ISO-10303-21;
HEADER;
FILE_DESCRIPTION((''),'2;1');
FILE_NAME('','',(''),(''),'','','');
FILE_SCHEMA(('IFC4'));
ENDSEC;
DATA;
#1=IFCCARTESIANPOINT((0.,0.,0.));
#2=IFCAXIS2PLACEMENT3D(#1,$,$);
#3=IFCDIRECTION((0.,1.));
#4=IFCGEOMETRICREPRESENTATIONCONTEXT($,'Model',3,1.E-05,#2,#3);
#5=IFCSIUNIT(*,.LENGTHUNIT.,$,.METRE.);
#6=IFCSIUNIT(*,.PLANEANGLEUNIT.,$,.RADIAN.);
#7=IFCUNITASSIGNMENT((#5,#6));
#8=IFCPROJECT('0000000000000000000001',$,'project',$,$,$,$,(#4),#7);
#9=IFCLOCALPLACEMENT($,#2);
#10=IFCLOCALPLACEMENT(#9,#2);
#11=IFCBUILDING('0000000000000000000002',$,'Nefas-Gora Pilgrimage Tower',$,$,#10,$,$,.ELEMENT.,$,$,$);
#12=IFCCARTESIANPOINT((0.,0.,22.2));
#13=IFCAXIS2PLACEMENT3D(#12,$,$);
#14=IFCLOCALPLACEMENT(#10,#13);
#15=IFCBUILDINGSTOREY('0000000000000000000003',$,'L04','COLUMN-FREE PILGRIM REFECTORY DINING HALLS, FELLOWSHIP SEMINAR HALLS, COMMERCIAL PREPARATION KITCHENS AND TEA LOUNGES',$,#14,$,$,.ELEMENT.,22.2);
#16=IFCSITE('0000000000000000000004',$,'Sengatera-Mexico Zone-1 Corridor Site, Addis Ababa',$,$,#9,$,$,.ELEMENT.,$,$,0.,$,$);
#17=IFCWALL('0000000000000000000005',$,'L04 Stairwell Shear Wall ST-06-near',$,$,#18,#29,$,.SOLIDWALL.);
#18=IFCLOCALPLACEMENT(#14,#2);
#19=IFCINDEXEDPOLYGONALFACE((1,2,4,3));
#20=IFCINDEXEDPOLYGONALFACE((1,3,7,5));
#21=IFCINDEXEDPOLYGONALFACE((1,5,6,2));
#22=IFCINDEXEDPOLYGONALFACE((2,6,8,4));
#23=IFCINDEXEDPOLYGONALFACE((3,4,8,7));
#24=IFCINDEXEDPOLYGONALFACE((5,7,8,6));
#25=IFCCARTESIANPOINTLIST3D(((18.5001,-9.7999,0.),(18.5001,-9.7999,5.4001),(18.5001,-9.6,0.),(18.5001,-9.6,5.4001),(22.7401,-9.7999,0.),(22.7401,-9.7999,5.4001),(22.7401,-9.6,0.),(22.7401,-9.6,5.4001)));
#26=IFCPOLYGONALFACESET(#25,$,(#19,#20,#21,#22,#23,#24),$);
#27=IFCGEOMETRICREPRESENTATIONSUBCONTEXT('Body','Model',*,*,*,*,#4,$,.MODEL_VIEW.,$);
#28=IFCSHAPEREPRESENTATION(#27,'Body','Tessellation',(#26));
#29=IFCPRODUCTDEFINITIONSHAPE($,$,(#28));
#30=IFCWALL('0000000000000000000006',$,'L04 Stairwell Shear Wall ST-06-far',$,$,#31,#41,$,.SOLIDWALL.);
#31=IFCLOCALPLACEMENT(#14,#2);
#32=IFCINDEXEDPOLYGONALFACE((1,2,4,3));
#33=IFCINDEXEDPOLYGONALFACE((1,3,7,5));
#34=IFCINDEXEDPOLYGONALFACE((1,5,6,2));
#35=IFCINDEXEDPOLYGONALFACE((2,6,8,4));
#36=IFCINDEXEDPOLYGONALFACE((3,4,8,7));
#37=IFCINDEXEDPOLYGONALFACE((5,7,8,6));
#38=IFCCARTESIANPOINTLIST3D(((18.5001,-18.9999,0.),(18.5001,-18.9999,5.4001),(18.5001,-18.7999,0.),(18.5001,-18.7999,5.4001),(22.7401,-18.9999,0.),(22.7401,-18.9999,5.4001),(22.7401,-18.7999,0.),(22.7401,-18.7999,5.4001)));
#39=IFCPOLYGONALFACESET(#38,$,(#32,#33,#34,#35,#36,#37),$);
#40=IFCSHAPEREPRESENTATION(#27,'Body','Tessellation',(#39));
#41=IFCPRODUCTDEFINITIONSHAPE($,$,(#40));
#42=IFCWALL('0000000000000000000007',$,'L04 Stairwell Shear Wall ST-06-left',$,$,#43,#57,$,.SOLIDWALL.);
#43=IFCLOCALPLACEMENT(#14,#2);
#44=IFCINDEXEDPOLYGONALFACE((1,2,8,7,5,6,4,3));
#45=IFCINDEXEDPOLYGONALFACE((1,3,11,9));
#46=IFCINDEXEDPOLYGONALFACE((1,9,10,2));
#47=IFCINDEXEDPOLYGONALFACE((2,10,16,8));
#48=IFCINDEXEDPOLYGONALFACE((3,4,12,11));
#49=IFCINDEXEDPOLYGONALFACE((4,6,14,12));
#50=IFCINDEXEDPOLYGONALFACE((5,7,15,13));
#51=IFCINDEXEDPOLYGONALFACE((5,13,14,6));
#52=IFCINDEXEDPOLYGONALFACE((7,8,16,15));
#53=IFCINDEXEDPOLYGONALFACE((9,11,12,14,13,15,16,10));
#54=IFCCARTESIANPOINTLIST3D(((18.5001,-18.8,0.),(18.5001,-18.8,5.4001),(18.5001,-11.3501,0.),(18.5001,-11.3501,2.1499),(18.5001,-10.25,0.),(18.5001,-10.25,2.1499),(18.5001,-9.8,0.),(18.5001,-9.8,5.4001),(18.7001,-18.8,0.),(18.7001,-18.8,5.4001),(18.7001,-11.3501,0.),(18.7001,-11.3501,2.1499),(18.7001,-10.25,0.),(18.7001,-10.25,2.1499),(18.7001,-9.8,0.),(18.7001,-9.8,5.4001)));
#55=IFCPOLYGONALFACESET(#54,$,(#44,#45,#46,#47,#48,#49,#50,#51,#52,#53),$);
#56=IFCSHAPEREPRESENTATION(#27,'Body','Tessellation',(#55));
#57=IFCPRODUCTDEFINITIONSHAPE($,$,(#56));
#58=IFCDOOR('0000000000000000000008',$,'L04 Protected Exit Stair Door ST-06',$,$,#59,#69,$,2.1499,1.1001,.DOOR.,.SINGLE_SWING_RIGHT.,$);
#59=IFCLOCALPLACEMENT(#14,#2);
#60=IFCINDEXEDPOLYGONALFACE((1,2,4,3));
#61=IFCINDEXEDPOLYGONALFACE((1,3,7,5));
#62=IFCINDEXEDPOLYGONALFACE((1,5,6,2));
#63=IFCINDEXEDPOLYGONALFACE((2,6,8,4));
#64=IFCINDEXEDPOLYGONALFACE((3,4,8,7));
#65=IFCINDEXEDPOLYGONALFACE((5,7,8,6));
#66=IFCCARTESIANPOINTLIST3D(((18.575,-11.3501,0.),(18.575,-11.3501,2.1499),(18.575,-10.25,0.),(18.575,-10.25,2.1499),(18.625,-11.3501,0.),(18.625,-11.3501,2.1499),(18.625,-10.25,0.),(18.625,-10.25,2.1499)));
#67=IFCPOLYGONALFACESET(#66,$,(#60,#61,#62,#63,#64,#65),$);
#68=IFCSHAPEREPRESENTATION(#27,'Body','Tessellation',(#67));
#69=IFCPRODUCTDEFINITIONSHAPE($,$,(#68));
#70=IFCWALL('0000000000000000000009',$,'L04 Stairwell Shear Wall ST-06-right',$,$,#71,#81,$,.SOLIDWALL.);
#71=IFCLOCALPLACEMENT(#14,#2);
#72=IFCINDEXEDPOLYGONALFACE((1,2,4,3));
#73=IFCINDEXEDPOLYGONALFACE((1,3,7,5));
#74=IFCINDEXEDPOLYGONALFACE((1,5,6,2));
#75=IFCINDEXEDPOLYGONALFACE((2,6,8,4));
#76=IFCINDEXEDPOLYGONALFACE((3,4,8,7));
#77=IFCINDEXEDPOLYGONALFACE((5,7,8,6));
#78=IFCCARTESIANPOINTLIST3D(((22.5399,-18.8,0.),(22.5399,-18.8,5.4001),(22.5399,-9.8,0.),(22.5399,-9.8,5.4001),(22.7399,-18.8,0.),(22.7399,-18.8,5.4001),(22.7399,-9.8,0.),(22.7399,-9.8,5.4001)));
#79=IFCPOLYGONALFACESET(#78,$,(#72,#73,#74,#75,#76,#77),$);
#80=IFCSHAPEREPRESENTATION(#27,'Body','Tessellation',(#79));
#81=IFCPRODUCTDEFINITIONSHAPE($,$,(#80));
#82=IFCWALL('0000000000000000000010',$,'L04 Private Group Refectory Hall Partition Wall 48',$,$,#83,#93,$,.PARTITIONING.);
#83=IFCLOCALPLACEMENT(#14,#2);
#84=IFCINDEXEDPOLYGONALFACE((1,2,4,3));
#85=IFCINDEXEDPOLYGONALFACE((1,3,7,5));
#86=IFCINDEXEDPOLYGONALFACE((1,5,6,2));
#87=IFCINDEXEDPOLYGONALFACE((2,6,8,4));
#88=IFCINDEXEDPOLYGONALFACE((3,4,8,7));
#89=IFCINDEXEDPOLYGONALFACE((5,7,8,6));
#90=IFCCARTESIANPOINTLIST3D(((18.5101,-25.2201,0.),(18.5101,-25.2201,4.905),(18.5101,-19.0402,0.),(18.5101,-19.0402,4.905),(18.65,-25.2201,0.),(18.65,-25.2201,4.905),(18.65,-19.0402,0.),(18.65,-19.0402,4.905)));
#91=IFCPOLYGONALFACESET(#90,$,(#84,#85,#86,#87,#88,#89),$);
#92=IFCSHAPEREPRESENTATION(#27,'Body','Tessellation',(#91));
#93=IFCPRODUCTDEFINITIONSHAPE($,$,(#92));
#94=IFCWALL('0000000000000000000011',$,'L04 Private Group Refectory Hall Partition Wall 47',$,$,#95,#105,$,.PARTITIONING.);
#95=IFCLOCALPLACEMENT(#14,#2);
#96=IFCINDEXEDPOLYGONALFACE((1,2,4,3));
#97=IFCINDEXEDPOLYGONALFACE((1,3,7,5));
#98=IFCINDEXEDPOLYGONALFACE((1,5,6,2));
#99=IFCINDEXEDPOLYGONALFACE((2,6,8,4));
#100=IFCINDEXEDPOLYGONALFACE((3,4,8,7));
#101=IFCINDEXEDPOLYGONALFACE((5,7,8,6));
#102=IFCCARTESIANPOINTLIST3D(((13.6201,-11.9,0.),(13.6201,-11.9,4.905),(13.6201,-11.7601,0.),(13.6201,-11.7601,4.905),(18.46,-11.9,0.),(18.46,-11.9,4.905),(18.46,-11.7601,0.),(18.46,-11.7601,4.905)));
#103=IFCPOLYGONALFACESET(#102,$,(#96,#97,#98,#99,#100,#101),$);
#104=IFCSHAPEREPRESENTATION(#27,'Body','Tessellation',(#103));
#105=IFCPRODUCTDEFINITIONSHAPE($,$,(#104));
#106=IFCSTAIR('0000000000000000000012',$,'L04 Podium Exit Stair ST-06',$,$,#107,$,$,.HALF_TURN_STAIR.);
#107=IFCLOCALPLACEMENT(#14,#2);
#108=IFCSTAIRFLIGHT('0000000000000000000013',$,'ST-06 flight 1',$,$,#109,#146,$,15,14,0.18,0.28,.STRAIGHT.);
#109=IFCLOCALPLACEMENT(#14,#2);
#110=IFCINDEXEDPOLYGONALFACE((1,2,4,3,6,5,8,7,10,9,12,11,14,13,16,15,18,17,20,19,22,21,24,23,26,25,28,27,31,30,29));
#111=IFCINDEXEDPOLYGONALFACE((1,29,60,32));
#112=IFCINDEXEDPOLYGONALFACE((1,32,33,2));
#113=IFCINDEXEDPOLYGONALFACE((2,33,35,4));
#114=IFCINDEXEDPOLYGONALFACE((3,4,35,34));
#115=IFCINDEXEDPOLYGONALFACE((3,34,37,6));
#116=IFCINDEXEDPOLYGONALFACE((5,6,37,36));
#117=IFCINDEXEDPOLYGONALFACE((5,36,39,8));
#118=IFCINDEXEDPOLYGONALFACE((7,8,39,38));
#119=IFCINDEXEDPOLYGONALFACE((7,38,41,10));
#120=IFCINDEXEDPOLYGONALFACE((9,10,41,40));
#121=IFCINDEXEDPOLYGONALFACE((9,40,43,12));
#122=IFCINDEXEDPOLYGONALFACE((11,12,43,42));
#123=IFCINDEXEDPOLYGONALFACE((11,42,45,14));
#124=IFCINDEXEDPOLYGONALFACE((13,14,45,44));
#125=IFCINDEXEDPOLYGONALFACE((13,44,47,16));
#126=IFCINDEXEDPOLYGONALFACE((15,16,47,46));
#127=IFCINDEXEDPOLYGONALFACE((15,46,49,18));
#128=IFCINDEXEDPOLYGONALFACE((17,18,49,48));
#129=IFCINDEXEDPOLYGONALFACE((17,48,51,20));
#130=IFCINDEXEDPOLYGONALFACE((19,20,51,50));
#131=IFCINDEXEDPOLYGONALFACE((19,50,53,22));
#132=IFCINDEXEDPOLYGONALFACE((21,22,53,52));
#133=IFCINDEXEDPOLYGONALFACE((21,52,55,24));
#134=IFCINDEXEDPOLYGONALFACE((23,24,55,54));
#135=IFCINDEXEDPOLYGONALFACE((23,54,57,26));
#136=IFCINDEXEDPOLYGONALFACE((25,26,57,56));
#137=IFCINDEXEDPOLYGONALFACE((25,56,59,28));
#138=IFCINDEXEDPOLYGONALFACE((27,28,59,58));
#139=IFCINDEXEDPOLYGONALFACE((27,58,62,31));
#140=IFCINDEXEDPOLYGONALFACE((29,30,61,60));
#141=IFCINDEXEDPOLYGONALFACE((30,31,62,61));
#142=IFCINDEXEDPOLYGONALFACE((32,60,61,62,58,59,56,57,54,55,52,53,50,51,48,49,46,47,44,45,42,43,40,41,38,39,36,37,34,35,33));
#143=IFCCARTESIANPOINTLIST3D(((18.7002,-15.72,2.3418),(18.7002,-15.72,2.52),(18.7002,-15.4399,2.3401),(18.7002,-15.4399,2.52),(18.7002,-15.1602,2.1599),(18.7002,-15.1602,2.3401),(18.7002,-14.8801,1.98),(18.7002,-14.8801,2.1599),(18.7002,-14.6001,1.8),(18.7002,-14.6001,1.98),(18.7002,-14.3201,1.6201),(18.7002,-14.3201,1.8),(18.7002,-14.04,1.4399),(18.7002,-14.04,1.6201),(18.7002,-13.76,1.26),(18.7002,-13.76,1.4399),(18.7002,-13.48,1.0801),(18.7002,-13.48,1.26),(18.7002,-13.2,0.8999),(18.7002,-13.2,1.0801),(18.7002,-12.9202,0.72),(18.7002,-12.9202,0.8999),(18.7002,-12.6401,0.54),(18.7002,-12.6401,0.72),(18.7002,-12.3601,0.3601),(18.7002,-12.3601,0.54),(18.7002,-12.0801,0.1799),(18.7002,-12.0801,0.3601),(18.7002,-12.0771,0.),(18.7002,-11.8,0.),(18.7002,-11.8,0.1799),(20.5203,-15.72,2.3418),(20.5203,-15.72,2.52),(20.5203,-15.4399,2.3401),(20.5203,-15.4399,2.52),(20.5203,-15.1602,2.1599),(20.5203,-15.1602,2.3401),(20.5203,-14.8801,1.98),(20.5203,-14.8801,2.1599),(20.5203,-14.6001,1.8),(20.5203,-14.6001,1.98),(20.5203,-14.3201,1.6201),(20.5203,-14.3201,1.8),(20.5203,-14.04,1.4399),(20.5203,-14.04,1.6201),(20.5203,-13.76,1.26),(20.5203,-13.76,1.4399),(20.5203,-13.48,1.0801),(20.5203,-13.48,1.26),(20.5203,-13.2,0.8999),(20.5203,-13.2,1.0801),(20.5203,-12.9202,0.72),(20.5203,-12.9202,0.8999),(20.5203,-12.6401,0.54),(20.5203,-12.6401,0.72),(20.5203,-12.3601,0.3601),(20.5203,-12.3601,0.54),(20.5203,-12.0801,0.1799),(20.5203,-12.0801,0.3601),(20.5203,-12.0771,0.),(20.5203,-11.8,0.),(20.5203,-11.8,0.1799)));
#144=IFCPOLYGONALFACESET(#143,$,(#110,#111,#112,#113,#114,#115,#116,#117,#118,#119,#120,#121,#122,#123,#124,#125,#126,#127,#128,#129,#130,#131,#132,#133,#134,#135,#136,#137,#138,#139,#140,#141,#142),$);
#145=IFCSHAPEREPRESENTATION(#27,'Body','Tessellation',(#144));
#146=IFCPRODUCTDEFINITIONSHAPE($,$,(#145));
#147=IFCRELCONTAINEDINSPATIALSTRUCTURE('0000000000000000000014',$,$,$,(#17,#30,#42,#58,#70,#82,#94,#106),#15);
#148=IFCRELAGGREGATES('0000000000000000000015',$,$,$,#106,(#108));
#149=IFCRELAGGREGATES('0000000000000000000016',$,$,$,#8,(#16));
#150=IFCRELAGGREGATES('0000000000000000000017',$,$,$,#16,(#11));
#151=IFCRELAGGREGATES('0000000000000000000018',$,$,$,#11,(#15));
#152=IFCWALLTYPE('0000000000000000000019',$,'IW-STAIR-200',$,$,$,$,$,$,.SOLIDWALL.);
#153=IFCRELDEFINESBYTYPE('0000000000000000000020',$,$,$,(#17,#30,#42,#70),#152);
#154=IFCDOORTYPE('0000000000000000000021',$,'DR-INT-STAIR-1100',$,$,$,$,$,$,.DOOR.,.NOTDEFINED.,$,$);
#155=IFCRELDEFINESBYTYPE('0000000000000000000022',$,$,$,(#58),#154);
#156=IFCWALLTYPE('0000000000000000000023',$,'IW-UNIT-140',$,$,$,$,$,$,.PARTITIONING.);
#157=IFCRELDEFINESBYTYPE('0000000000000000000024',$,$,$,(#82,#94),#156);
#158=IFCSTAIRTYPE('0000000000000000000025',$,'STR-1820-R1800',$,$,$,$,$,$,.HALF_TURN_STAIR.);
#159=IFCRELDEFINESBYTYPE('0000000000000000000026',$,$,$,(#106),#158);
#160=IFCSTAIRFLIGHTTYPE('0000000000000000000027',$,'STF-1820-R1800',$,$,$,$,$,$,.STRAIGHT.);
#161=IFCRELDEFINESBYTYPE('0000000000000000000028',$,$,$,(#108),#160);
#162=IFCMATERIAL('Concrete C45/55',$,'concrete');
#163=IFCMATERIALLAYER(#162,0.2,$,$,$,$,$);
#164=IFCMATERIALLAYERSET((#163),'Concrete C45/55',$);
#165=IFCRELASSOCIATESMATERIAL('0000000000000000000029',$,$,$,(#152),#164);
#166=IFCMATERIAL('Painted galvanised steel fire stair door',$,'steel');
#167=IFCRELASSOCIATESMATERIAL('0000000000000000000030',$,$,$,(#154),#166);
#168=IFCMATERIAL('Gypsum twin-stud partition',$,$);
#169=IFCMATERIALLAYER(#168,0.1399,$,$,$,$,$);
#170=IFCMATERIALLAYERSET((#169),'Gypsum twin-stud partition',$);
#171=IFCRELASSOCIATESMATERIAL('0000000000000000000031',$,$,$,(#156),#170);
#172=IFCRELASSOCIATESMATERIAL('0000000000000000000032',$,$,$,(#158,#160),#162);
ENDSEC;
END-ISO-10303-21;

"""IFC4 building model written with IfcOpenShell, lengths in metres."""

from ifc_helpers import new_model, si_unit, direction, frame, frame_2d, origin, place, context, subcontext, project, spatial, polyline, rectangle, outline, extrude, source, transform, mapped, material, layer, layer_set, type_object, element, fill, aggregate, save


model = new_model("IFC4")

# Units and contexts
model_context = context("Model", 3, precision=1e-05, world=origin(), true_north=direction((0.0, 1.0)))
body_context = subcontext(model_context, "Body", "Model", "MODEL_VIEW")
ifc_project = project(units=[si_unit("LENGTHUNIT", "METRE"), si_unit("PLANEANGLEUNIT", "RADIAN")], contexts=[model_context])

# Site, building, storey
site_placement = place(None, origin())
site = spatial("IfcSite", under=ifc_project, at=site_placement, Name="Sengatera-Mexico Zone-1 Corridor Site, Addis Ababa", CompositionType="ELEMENT", RefElevation=0.0)
building_placement = place(site_placement, origin())
building = spatial("IfcBuilding", under=site, at=building_placement, Name="Nefas-Gora Pilgrimage Tower", CompositionType="ELEMENT")
storey_placement = place(building_placement, frame((0.0, 0.0, 22.2)))
storey = spatial("IfcBuildingStorey", under=building, at=storey_placement, Name="L04", Description="COLUMN-FREE PILGRIM REFECTORY DINING HALLS, FELLOWSHIP SEMINAR HALLS, COMMERCIAL PREPARATION KITCHENS AND TEA LOUNGES", CompositionType="ELEMENT", Elevation=22.2)

# Walls
ifc_material_1 = material(Name="Concrete C45/55", Category="concrete")
ifc_layer_1 = layer(ifc_material_1, 0.2)
ifc_layer_set_1 = layer_set([ifc_layer_1], Name="Concrete C45/55")
wall_type_1 = type_object("IfcWallType", Name="IW-STAIR-200", PredefinedType="SOLIDWALL", material=ifc_layer_set_1)
shared_shape_1 = source(origin(), body_context, "Body", "SweptSolid", [
    extrude(rectangle(XDim=4.24, YDim=0.2, at=frame_2d((2.1201, 0.0))), origin(), (0.0, 0.0, 1.0), 5.4001),
])
for number, where, z_axis, x_axis, name in (
    (1, (18.5, -9.7, 0.0), (0.0, 0.0, 1.0), (1.0, 0.0, 0.0), "L04 Stairwell Shear Wall ST-06-near"),
    (2, (18.5, -18.8999, 0.0), (0.0, 0.0, 1.0), (1.0, 0.0, 0.0), "L04 Stairwell Shear Wall ST-06-far"),
):
    element("IfcWall", number, at=place(storey_placement, frame(where, z_axis=z_axis, x_axis=x_axis)), inside=storey, type_object=wall_type_1, Name=name, PredefinedType="SOLIDWALL", context=body_context, shape_type="MappedRepresentation", body=[
        mapped(shared_shape_1, transform((0.0, 0.0, 0.0), x_axis=(1.0, 0.0, 0.0), y_axis=(0.0, 1.0, 0.0), z_axis=(0.0, 0.0, 1.0), scale=1.0)),
    ])

# Wall, opening, door
shared_shape_2 = source(origin(), body_context, "Body", "SweptSolid", [
    extrude(rectangle(XDim=9.0, YDim=0.2, at=frame_2d((4.5, 0.0))), origin(), (0.0, 0.0, 1.0), 5.4001),
])
wall_1_placement = place(storey_placement, frame((18.6001, -9.8, 0.0), z_axis=(0.0, 0.0, 1.0), x_axis=(0.0, -1.0, 0.0)))
wall_1 = element("IfcWall", 3, at=wall_1_placement, inside=storey, type_object=wall_type_1, Name="L04 Stairwell Shear Wall ST-06-left", PredefinedType="SOLIDWALL", context=body_context, shape_type="MappedRepresentation", body=[
    mapped(shared_shape_2, transform((0.0, 0.0, 0.0), x_axis=(1.0, 0.0, 0.0), y_axis=(0.0, 1.0, 0.0), z_axis=(0.0, 0.0, 1.0), scale=1.0)),
])
opening_1_placement = place(wall_1_placement, frame((0.45, 0.0, 0.0)))
opening_1 = element("IfcOpeningElement", 4, at=opening_1_placement, cuts=wall_1, PredefinedType="OPENING", context=body_context, shape_type="SweptSolid", body=[
    extrude(rectangle(XDim=1.1001, YDim=2.1499, at=frame_2d((0.55, 1.075))), frame((0.0, 0.1099, 0.0), z_axis=(0.0, -1.0, 0.0), x_axis=(1.0, 0.0, 0.0)), (0.0, 0.0, 1.0), 0.22),
])
ifc_material_2 = material(Name="Painted galvanised steel fire stair door", Category="steel")
door_type_1 = type_object("IfcDoorType", Name="DR-INT-STAIR-1100", OperationType="NOTDEFINED", PredefinedType="DOOR", material=ifc_material_2)
shared_shape_3 = source(origin(), body_context, "Body", "SweptSolid", [
    extrude(rectangle(XDim=1.1001, YDim=2.1499, at=frame_2d((0.55, 1.075))), frame((0.0, 0.0249, 0.0), z_axis=(0.0, -1.0, 0.0), x_axis=(1.0, 0.0, 0.0)), (0.0, 0.0, 1.0), 0.05),
])
door_1_placement = place(opening_1_placement, origin())
door_1 = element("IfcDoor", 5, at=door_1_placement, inside=storey, type_object=door_type_1, Name="L04 Protected Exit Stair Door ST-06", OperationType="SINGLE_SWING_RIGHT", OverallHeight=2.1499, OverallWidth=1.1001, PredefinedType="DOOR", context=body_context, shape_type="MappedRepresentation", body=[
    mapped(shared_shape_3, transform((0.0, 0.0, 0.0), x_axis=(1.0, 0.0, 0.0), y_axis=(0.0, 1.0, 0.0), z_axis=(0.0, 0.0, 1.0), scale=1.0)),
])
fill(opening_1, door_1)

# Wall
wall_2_placement = place(storey_placement, frame((22.6399, -9.8, 0.0), z_axis=(0.0, 0.0, 1.0), x_axis=(0.0, -1.0, 0.0)))
element("IfcWall", 6, at=wall_2_placement, inside=storey, type_object=wall_type_1, Name="L04 Stairwell Shear Wall ST-06-right", PredefinedType="SOLIDWALL", context=body_context, shape_type="MappedRepresentation", body=[
    mapped(shared_shape_2, transform((0.0, 0.0, 0.0), x_axis=(1.0, 0.0, 0.0), y_axis=(0.0, 1.0, 0.0), z_axis=(0.0, 0.0, 1.0), scale=1.0)),
])

# Walls
ifc_material_3 = material(Name="Gypsum twin-stud partition")
ifc_layer_2 = layer(ifc_material_3, 0.1399)
ifc_layer_set_2 = layer_set([ifc_layer_2], Name="Gypsum twin-stud partition")
wall_type_2 = type_object("IfcWallType", Name="IW-UNIT-140", PredefinedType="PARTITIONING", material=ifc_layer_set_2)
shared_shape_4 = source(origin(), body_context, "Body", "SweptSolid", [
    extrude(rectangle(XDim=6.1799, YDim=0.1399, at=frame_2d((3.0898, 0.0))), origin(), (0.0, 0.0, 1.0), 4.905),
])
wall_3_placement = place(storey_placement, frame((18.5801, -25.22, 0.0), z_axis=(0.0, 0.0, 1.0), x_axis=(0.0, 1.0, 0.0)))
element("IfcWall", 7, at=wall_3_placement, inside=storey, type_object=wall_type_2, Name="L04 Private Group Refectory Hall Partition Wall 48", PredefinedType="PARTITIONING", context=body_context, shape_type="MappedRepresentation", body=[
    mapped(shared_shape_4, transform((0.0, 0.0, 0.0), x_axis=(1.0, 0.0, 0.0), y_axis=(0.0, 1.0, 0.0), z_axis=(0.0, 0.0, 1.0), scale=1.0)),
])
shared_shape_5 = source(origin(), body_context, "Body", "SweptSolid", [
    extrude(rectangle(XDim=4.8398, YDim=0.1399, at=frame_2d((2.4199, 0.0))), origin(), (0.0, 0.0, 1.0), 4.905),
])
wall_4_placement = place(storey_placement, frame((13.6201, -11.8301, 0.0), z_axis=(0.0, 0.0, 1.0), x_axis=(1.0, 0.0, 0.0)))
element("IfcWall", 8, at=wall_4_placement, inside=storey, type_object=wall_type_2, Name="L04 Private Group Refectory Hall Partition Wall 47", PredefinedType="PARTITIONING", context=body_context, shape_type="MappedRepresentation", body=[
    mapped(shared_shape_5, transform((0.0, 0.0, 0.0), x_axis=(1.0, 0.0, 0.0), y_axis=(0.0, 1.0, 0.0), z_axis=(0.0, 0.0, 1.0), scale=1.0)),
])

# Stair, stair flight
stair_type = type_object("IfcStairType", Name="STR-1820-R1800", PredefinedType="HALF_TURN_STAIR", material=ifc_material_1)
stair_placement = place(storey_placement, origin())
stair = element("IfcStair", 9, at=stair_placement, inside=storey, type_object=stair_type, Name="L04 Podium Exit Stair ST-06", PredefinedType="HALF_TURN_STAIR")
stair_flight_type = type_object("IfcStairFlightType", Name="STF-1820-R1800", PredefinedType="STRAIGHT", material=ifc_material_1)
shared_shape_6 = source(origin(), body_context, "Body", "SweptSolid", [
    extrude(outline(polyline([(0.0, 0.0), (0.0, 0.1799), (0.28, 0.1799), (0.28, 0.3601), (0.5601, 0.3601), (0.5601, 0.54), (0.8401, 0.54), (0.8401, 0.72), (1.1201, 0.72), (1.1201, 0.8999), (1.3999, 0.8999), (1.3999, 1.0801), (1.6799, 1.0801), (1.6799, 1.26), (1.96, 1.26), (1.96, 1.4399), (2.24, 1.4399), (2.24, 1.6201), (2.52, 1.6201), (2.52, 1.8), (2.8, 1.8), (2.8, 1.98), (3.0801, 1.98), (3.0801, 2.1599), (3.3601, 2.1599), (3.3601, 2.3401), (3.6399, 2.3401), (3.6399, 2.52), (3.9199, 2.52), (3.9199, 2.7), (3.9199, 2.3418), (0.2771, 0.0), (0.0, 0.0)])), frame((0.0, 0.9102, 0.0), z_axis=(0.0, -1.0, 0.0), x_axis=(1.0, 0.0, 0.0)), (0.0, 0.0, 1.0), 1.8201),
])
stair_flight_1_placement = place(storey_placement, frame((19.6101, -11.8, 0.0), z_axis=(0.0, 0.0, 1.0), x_axis=(0.0, -1.0, 0.0)))
stair_flight_1 = element("IfcStairFlight", 10, at=stair_flight_1_placement, type_object=stair_flight_type, Name="ST-06 flight 1", NumberOfRisers=15, NumberOfTreads=14, PredefinedType="STRAIGHT", RiserHeight=0.18, TreadLength=0.28, context=body_context, shape_type="MappedRepresentation", body=[
    mapped(shared_shape_6, transform((0.0, 0.0, 0.0), x_axis=(1.0, 0.0, 0.0), y_axis=(0.0, 1.0, 0.0), z_axis=(0.0, 0.0, 1.0), scale=1.0)),
])
aggregate(stair, [stair_flight_1])

save(model, "model.ifc")
